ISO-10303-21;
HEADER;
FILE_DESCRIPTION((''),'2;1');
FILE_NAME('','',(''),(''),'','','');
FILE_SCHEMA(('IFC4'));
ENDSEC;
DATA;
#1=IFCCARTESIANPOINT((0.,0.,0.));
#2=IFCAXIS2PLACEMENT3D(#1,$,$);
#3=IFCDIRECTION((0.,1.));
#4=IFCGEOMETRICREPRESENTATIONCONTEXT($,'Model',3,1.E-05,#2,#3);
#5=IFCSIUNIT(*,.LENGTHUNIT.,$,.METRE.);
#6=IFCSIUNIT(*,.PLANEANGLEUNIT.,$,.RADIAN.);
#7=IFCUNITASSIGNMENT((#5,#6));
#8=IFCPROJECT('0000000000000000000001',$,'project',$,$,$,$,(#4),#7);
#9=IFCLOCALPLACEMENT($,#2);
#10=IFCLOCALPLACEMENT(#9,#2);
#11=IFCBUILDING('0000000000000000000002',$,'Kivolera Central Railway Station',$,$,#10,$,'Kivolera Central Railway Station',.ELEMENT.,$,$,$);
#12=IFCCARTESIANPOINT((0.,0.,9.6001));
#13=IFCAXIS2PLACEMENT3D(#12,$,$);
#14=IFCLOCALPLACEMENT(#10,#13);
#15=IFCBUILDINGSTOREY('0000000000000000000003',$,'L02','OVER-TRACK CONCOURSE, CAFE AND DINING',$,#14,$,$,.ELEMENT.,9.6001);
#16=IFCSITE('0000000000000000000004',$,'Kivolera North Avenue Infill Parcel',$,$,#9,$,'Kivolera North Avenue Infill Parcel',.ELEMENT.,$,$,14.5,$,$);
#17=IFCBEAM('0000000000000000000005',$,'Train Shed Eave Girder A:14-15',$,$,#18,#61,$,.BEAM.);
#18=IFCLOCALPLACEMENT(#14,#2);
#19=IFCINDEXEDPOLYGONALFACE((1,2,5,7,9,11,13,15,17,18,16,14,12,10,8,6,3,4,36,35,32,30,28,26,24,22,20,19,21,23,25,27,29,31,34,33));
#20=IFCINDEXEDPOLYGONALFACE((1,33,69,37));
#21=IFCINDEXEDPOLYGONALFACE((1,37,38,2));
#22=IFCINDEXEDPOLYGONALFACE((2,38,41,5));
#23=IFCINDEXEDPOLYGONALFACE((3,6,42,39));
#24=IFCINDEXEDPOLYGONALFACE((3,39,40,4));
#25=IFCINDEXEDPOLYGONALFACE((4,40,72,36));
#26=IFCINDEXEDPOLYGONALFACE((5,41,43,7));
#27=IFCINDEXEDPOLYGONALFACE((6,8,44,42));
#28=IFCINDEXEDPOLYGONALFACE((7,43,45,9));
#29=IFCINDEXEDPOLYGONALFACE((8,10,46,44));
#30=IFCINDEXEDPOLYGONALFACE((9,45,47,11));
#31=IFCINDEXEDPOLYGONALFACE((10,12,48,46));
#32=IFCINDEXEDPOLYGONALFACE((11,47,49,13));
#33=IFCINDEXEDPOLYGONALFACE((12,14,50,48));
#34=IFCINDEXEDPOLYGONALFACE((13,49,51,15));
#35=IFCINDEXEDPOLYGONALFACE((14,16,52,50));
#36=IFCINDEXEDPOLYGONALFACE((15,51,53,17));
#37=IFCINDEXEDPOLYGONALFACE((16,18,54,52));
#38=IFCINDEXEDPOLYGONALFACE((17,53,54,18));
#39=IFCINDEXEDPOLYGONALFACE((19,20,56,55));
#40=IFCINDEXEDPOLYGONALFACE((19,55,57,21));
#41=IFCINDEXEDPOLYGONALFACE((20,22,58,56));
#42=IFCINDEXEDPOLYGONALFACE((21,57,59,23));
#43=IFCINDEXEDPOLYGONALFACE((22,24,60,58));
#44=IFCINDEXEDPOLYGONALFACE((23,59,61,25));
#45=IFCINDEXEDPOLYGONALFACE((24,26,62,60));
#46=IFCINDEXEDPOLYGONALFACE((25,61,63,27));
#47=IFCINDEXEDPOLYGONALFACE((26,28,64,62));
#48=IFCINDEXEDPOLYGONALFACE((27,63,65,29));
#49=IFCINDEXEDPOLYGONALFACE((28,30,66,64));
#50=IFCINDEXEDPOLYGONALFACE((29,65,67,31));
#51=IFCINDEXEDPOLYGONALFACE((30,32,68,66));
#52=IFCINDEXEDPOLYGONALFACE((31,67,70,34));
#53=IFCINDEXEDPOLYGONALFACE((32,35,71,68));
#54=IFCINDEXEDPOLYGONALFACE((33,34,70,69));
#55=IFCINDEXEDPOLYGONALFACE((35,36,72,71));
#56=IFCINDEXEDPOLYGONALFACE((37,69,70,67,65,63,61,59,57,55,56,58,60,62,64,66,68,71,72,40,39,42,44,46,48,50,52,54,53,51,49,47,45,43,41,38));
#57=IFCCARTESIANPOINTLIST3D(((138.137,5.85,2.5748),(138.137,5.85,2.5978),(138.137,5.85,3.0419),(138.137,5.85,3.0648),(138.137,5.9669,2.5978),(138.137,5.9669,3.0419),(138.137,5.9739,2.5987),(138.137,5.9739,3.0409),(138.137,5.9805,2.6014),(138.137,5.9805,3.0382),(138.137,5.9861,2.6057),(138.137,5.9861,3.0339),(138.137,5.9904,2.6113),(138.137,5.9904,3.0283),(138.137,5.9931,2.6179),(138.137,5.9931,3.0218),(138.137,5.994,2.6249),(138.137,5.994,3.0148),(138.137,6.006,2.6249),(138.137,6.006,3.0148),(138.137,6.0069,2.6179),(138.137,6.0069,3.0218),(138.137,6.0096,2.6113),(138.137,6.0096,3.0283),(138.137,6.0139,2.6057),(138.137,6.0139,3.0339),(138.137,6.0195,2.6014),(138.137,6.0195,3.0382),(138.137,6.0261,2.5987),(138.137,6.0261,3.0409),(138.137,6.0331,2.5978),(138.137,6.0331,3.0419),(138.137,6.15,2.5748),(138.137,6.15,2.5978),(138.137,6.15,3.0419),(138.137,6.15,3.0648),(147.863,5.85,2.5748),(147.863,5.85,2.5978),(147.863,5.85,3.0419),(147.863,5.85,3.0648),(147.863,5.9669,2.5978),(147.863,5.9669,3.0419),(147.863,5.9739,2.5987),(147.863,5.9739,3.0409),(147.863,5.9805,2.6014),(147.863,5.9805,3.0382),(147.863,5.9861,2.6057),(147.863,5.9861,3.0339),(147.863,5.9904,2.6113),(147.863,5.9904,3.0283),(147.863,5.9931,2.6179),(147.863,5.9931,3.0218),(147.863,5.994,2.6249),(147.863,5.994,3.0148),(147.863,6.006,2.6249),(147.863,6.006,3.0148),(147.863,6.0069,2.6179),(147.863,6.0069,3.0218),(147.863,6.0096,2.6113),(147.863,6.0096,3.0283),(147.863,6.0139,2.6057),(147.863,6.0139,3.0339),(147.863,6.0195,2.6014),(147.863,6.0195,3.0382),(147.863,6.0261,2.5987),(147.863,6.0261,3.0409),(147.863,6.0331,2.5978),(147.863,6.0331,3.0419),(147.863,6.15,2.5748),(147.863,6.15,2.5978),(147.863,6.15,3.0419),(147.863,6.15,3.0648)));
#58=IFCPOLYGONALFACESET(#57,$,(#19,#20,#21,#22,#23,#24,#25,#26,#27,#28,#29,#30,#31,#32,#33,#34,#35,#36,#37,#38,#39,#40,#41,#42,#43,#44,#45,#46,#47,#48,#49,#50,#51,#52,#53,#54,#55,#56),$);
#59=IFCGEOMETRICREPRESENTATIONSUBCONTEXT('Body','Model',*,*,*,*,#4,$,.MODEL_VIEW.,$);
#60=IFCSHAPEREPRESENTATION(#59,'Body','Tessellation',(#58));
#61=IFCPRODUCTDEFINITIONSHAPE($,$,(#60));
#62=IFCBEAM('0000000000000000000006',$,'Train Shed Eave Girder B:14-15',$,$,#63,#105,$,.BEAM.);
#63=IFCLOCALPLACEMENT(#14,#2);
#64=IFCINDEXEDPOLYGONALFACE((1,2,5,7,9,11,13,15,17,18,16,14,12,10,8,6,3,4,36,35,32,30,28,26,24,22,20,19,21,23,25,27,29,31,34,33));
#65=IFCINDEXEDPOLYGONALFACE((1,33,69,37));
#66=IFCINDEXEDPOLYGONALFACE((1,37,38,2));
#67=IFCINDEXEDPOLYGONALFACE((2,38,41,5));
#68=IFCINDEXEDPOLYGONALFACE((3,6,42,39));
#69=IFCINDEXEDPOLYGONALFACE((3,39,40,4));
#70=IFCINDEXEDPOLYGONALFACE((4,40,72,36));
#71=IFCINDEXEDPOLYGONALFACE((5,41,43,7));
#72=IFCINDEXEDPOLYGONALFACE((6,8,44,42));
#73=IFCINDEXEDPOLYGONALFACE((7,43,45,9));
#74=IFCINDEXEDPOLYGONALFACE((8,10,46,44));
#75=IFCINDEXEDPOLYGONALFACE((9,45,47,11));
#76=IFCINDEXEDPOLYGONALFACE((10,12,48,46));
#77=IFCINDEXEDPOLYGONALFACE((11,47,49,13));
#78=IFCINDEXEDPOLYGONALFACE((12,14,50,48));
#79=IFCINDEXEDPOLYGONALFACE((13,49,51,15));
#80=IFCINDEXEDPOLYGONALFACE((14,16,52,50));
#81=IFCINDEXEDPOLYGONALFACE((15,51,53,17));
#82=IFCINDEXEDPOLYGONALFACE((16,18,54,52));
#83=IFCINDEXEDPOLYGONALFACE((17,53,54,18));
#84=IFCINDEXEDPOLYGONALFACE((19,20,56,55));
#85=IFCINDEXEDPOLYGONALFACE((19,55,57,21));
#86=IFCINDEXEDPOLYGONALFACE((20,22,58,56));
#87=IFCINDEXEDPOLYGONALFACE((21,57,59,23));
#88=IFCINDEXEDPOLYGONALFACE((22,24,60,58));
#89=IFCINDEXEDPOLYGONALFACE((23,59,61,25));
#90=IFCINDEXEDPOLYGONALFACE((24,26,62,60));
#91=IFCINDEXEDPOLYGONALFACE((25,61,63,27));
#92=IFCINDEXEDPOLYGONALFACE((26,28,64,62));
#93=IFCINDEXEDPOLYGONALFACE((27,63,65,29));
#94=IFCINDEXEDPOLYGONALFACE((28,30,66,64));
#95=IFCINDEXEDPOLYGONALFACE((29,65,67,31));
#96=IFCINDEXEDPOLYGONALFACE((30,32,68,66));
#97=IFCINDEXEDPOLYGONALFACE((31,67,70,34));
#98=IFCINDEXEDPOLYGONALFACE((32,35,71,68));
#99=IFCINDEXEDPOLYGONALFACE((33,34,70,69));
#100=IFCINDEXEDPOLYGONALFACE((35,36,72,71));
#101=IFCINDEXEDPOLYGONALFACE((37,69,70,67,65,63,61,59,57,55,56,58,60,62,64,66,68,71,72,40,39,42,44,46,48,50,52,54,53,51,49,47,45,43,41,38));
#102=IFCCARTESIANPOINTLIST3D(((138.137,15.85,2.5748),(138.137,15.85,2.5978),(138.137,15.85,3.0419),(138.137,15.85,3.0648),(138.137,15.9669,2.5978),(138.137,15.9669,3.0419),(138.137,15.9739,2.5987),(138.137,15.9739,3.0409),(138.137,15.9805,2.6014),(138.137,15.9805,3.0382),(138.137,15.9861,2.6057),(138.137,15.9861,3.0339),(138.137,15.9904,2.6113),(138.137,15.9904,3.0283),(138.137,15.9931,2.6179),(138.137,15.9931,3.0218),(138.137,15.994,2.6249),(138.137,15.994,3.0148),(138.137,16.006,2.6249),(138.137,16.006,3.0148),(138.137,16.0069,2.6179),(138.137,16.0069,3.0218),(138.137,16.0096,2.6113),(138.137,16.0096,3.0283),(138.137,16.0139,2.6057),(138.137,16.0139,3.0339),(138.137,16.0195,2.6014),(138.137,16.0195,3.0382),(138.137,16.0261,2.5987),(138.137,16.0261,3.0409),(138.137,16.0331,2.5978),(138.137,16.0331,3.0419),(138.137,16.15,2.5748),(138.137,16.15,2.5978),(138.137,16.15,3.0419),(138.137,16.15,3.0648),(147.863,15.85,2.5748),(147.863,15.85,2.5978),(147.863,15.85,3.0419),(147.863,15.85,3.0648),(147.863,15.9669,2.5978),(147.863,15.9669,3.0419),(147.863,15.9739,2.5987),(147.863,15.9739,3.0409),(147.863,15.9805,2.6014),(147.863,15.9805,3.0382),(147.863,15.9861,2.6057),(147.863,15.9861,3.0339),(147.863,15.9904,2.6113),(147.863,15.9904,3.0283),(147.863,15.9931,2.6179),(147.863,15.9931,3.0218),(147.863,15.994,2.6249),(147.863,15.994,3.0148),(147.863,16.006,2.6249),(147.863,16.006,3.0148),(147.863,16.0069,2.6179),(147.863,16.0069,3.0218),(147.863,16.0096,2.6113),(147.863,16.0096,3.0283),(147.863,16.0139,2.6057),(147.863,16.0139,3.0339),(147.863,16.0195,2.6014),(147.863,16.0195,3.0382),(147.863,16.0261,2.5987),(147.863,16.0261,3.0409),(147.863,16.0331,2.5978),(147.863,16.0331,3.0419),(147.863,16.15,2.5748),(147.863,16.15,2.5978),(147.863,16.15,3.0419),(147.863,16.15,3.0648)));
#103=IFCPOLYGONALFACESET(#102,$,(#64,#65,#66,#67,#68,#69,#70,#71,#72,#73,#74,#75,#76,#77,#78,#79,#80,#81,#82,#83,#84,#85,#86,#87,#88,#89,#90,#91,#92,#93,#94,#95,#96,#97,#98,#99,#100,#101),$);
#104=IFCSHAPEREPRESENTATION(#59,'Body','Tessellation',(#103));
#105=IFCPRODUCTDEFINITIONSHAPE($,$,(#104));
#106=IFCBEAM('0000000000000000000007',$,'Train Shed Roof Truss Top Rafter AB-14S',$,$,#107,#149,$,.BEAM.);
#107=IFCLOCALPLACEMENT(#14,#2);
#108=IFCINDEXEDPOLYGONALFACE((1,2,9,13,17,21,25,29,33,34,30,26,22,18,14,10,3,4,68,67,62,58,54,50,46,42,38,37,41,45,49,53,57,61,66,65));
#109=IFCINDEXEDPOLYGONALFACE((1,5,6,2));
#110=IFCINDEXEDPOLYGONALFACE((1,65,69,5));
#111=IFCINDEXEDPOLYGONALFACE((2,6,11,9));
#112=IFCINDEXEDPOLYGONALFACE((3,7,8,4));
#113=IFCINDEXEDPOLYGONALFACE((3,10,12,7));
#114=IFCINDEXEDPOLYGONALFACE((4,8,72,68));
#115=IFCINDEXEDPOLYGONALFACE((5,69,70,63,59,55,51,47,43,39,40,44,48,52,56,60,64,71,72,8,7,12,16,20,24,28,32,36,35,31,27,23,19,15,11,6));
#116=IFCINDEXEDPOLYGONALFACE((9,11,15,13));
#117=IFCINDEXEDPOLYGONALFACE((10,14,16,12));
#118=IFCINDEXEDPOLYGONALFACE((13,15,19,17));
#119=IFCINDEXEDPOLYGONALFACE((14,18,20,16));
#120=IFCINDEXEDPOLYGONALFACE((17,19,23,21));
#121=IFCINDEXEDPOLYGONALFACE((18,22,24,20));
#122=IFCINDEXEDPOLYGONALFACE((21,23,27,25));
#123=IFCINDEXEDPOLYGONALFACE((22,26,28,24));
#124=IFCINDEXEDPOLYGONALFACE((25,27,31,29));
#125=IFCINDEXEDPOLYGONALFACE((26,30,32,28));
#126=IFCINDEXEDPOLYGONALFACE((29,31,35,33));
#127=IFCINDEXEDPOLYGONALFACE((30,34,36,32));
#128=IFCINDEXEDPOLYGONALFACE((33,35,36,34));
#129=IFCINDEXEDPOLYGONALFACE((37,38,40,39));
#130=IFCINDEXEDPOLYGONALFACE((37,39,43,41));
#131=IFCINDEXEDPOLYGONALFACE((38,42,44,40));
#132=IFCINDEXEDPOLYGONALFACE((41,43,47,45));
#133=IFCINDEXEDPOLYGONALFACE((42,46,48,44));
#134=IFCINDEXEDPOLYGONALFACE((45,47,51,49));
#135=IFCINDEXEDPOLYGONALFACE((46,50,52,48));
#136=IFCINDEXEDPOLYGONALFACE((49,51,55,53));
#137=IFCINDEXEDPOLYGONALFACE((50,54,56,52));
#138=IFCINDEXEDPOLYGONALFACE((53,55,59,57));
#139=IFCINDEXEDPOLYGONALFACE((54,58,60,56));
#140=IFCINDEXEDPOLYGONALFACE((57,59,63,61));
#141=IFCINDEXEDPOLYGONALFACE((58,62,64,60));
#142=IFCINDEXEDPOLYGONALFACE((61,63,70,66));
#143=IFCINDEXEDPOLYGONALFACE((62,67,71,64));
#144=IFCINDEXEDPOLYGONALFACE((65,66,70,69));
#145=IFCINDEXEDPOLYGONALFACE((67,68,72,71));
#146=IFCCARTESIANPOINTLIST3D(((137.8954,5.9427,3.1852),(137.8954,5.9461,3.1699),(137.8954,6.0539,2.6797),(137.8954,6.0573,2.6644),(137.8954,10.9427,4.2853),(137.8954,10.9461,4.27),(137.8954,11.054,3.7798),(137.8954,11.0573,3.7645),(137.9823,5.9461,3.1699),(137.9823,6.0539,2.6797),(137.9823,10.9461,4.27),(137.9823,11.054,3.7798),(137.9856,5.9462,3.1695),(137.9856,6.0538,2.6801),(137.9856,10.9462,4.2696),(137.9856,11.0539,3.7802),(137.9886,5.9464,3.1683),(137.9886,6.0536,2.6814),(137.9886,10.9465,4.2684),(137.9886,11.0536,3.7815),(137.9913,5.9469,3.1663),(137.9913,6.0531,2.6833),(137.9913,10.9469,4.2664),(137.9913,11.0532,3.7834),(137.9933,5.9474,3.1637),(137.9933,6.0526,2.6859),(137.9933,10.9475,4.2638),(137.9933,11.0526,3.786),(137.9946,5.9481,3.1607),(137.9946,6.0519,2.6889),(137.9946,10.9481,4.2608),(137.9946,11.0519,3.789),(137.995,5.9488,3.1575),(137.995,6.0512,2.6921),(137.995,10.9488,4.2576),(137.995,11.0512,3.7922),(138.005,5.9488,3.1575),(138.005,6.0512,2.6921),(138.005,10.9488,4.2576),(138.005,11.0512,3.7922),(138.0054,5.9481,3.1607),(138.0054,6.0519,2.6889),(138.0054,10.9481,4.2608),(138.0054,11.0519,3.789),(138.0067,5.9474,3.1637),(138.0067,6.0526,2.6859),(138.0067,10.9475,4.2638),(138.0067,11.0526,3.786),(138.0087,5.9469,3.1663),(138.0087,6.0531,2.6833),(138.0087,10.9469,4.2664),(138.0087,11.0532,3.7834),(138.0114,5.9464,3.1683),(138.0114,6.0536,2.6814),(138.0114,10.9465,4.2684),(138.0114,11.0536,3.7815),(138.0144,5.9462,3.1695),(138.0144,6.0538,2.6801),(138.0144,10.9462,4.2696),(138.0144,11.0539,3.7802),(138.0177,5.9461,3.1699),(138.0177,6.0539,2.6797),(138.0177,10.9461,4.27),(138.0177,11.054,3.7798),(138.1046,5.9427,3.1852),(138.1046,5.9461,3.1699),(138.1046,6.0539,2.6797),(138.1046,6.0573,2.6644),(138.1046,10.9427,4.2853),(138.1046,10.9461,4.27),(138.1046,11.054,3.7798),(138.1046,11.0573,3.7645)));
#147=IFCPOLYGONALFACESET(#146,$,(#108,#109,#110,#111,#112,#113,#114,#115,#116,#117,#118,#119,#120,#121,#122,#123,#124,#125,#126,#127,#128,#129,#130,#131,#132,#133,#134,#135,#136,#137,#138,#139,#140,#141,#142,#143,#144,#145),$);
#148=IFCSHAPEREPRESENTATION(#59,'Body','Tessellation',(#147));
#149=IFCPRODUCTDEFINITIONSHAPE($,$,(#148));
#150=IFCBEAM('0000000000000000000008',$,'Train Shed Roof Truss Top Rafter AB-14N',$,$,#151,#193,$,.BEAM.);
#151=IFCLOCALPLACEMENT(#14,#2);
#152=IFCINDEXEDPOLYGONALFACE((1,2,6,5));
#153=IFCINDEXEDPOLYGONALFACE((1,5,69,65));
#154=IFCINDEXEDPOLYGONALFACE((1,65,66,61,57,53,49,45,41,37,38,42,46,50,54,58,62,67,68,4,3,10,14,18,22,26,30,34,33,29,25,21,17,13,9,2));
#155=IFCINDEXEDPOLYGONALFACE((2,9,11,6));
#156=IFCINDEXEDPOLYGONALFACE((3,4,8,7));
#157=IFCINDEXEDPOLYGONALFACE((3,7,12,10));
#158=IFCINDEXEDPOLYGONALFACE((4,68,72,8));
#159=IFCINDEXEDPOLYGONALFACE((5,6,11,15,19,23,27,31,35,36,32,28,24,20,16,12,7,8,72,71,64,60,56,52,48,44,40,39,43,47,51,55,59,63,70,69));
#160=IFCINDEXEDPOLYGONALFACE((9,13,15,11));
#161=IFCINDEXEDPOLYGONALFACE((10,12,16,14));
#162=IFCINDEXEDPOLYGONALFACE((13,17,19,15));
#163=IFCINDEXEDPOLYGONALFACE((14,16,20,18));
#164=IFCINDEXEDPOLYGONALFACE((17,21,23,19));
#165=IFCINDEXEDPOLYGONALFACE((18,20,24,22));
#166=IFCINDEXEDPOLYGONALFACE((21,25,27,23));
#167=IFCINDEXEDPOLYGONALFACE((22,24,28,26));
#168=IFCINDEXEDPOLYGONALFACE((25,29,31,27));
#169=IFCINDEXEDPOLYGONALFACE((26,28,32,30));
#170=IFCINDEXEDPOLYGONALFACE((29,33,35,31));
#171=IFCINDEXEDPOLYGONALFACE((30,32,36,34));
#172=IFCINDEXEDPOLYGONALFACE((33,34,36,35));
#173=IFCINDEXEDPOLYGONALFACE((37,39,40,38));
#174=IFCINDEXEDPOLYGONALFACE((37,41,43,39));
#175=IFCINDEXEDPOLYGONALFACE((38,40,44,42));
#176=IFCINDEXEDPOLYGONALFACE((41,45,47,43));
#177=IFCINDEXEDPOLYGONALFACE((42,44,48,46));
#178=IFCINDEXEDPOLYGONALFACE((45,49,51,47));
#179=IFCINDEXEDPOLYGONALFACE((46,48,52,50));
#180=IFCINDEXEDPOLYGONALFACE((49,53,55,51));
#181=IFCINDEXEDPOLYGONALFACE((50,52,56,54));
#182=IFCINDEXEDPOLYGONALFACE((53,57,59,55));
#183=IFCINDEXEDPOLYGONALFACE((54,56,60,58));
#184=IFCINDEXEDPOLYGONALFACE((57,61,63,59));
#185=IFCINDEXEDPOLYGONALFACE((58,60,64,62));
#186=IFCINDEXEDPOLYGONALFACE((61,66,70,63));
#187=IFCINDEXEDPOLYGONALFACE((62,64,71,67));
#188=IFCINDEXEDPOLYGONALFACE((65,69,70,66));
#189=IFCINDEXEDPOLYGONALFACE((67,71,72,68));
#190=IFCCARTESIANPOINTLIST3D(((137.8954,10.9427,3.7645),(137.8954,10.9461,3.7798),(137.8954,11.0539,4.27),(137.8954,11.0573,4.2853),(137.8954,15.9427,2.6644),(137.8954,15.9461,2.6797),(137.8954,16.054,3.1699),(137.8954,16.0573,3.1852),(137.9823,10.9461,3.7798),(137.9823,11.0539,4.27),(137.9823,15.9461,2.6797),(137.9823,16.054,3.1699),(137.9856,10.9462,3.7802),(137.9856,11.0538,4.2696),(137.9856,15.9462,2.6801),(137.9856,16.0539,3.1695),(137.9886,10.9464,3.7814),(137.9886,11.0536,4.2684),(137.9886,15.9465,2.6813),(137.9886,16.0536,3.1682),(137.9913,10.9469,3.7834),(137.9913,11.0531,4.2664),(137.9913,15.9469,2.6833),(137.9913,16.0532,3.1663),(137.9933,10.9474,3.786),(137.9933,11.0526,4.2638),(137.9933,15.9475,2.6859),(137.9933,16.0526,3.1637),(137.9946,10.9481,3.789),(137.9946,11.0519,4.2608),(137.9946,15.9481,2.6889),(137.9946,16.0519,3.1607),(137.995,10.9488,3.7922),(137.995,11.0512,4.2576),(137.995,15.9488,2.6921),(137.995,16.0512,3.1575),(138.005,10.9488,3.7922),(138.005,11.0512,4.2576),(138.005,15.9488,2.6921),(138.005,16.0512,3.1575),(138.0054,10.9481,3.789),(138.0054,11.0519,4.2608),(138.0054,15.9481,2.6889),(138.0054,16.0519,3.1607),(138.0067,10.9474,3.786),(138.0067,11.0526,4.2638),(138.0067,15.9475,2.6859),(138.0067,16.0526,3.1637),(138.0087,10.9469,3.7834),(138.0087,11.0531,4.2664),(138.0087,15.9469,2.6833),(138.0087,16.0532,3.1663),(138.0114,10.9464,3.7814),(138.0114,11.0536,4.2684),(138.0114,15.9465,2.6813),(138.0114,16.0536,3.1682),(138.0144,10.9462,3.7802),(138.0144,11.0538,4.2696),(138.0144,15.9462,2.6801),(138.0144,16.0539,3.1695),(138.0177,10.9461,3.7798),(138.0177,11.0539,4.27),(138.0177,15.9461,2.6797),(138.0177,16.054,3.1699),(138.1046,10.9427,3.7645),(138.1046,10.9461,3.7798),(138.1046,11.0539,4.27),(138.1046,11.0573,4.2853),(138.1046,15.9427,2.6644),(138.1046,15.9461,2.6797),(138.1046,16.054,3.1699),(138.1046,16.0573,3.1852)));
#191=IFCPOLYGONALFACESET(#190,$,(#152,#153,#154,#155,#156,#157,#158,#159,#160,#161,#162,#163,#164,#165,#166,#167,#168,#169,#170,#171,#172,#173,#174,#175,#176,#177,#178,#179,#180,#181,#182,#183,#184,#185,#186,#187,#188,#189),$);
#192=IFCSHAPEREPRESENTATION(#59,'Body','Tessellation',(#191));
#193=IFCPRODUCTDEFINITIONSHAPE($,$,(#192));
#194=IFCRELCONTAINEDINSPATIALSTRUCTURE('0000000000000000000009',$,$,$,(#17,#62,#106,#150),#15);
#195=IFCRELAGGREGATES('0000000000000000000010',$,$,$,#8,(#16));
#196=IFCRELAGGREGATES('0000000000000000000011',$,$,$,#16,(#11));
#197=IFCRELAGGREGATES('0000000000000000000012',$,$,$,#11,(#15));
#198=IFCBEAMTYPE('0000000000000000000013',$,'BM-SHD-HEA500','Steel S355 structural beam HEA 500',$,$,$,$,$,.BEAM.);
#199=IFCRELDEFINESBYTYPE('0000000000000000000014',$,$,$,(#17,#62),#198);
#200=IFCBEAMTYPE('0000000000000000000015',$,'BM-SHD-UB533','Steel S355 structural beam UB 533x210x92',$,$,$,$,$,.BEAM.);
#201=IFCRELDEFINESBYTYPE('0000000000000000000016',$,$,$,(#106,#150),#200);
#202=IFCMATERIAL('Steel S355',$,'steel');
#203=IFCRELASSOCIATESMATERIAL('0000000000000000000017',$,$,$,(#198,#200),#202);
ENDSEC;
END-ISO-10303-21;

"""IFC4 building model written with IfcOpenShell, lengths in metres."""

from ifc_helpers import new_model, si_unit, direction, frame, origin, origin_2d, place, context, subcontext, project, spatial, i_section, extrude, material, material_profile, profile_set, type_object, element, save


model = new_model("IFC4")

# Units and contexts
model_context = context("Model", 3, precision=1e-05, world=origin(), true_north=direction((0.0, 1.0)))
body_context = subcontext(model_context, "Body", "Model", "MODEL_VIEW")
ifc_project = project(units=[si_unit("LENGTHUNIT", "METRE"), si_unit("PLANEANGLEUNIT", "RADIAN")], contexts=[model_context])

# Site, building, storey
site_placement = place(None, origin())
site = spatial("IfcSite", under=ifc_project, at=site_placement, Name="Kivolera North Avenue Infill Parcel", LongName="Kivolera North Avenue Infill Parcel", CompositionType="ELEMENT", RefElevation=14.5)
building_placement = place(site_placement, origin())
building = spatial("IfcBuilding", under=site, at=building_placement, Name="Kivolera Central Railway Station", LongName="Kivolera Central Railway Station", CompositionType="ELEMENT")
storey_placement = place(building_placement, frame((0.0, 0.0, 9.6001)))
storey = spatial("IfcBuildingStorey", under=building, at=storey_placement, Name="L02", Description="OVER-TRACK CONCOURSE, CAFE AND DINING", CompositionType="ELEMENT", Elevation=9.6001)

# Shared definitions
ifc_material_1 = material(Name="Steel S355", Category="steel")

# Beams
ifc_material_profile_1 = material_profile(ifc_material_1, i_section(OverallWidth=0.3, OverallDepth=0.49, WebThickness=0.012, FlangeThickness=0.0229, FilletRadius=0.0271, at=origin_2d()), Name="HEA 500")
ifc_profile_set_1 = profile_set([ifc_material_profile_1], Name="Steel S355")
beam_type_1 = type_object("IfcBeamType", Name="BM-SHD-HEA500", Description="Steel S355 structural beam HEA 500", PredefinedType="BEAM", material=ifc_profile_set_1)
for number, where, z_axis, x_axis, name in (
    (1, (138.137, 6.0, 2.8198), (1.0, 0.0, 0.0), (0.0, 1.0, 0.0), "Train Shed Eave Girder A:14-15"),
    (2, (138.137, 16.0, 2.8198), (1.0, 0.0, 0.0), (0.0, 1.0, 0.0), "Train Shed Eave Girder B:14-15"),
):
    element("IfcBeam", number, at=place(storey_placement, frame(where, z_axis=z_axis, x_axis=x_axis)), inside=storey, type_object=beam_type_1, Name=name, PredefinedType="BEAM", context=body_context, shape_type="SweptSolid", body=[
        extrude(i_section(OverallWidth=0.3, OverallDepth=0.49, WebThickness=0.012, FlangeThickness=0.0229, FilletRadius=0.0271, at=origin_2d()), origin(), (0.0, 0.0, 1.0), 9.7261),
    ])
ifc_material_profile_2 = material_profile(ifc_material_1, i_section(OverallWidth=0.2092, OverallDepth=0.5332, WebThickness=0.01, FlangeThickness=0.0156, FilletRadius=0.0127, at=origin_2d()), Name="UB 533x210x92")
ifc_profile_set_2 = profile_set([ifc_material_profile_2], Name="Steel S355")
beam_type_2 = type_object("IfcBeamType", Name="BM-SHD-UB533", Description="Steel S355 structural beam UB 533x210x92", PredefinedType="BEAM", material=ifc_profile_set_2)
for number, where, z_axis, x_axis, name in (
    (3, (138.0, 6.0, 2.9248), (0.0, 0.97664, 0.21488), (-1.0, 0.0, 0.0), "Train Shed Roof Truss Top Rafter AB-14S"),
    (4, (138.0, 11.0, 4.0249), (0.0, 0.97664, -0.21488), (-1.0, 0.0, 0.0), "Train Shed Roof Truss Top Rafter AB-14N"),
):
    element("IfcBeam", number, at=place(storey_placement, frame(where, z_axis=z_axis, x_axis=x_axis)), inside=storey, type_object=beam_type_2, Name=name, PredefinedType="BEAM", context=body_context, shape_type="SweptSolid", body=[
        extrude(i_section(OverallWidth=0.2092, OverallDepth=0.5332, WebThickness=0.01, FlangeThickness=0.0156, FilletRadius=0.0127, at=origin_2d()), origin(), (0.0, 0.0, 1.0), 5.1196),
    ])

save(model, "model.ifc")
